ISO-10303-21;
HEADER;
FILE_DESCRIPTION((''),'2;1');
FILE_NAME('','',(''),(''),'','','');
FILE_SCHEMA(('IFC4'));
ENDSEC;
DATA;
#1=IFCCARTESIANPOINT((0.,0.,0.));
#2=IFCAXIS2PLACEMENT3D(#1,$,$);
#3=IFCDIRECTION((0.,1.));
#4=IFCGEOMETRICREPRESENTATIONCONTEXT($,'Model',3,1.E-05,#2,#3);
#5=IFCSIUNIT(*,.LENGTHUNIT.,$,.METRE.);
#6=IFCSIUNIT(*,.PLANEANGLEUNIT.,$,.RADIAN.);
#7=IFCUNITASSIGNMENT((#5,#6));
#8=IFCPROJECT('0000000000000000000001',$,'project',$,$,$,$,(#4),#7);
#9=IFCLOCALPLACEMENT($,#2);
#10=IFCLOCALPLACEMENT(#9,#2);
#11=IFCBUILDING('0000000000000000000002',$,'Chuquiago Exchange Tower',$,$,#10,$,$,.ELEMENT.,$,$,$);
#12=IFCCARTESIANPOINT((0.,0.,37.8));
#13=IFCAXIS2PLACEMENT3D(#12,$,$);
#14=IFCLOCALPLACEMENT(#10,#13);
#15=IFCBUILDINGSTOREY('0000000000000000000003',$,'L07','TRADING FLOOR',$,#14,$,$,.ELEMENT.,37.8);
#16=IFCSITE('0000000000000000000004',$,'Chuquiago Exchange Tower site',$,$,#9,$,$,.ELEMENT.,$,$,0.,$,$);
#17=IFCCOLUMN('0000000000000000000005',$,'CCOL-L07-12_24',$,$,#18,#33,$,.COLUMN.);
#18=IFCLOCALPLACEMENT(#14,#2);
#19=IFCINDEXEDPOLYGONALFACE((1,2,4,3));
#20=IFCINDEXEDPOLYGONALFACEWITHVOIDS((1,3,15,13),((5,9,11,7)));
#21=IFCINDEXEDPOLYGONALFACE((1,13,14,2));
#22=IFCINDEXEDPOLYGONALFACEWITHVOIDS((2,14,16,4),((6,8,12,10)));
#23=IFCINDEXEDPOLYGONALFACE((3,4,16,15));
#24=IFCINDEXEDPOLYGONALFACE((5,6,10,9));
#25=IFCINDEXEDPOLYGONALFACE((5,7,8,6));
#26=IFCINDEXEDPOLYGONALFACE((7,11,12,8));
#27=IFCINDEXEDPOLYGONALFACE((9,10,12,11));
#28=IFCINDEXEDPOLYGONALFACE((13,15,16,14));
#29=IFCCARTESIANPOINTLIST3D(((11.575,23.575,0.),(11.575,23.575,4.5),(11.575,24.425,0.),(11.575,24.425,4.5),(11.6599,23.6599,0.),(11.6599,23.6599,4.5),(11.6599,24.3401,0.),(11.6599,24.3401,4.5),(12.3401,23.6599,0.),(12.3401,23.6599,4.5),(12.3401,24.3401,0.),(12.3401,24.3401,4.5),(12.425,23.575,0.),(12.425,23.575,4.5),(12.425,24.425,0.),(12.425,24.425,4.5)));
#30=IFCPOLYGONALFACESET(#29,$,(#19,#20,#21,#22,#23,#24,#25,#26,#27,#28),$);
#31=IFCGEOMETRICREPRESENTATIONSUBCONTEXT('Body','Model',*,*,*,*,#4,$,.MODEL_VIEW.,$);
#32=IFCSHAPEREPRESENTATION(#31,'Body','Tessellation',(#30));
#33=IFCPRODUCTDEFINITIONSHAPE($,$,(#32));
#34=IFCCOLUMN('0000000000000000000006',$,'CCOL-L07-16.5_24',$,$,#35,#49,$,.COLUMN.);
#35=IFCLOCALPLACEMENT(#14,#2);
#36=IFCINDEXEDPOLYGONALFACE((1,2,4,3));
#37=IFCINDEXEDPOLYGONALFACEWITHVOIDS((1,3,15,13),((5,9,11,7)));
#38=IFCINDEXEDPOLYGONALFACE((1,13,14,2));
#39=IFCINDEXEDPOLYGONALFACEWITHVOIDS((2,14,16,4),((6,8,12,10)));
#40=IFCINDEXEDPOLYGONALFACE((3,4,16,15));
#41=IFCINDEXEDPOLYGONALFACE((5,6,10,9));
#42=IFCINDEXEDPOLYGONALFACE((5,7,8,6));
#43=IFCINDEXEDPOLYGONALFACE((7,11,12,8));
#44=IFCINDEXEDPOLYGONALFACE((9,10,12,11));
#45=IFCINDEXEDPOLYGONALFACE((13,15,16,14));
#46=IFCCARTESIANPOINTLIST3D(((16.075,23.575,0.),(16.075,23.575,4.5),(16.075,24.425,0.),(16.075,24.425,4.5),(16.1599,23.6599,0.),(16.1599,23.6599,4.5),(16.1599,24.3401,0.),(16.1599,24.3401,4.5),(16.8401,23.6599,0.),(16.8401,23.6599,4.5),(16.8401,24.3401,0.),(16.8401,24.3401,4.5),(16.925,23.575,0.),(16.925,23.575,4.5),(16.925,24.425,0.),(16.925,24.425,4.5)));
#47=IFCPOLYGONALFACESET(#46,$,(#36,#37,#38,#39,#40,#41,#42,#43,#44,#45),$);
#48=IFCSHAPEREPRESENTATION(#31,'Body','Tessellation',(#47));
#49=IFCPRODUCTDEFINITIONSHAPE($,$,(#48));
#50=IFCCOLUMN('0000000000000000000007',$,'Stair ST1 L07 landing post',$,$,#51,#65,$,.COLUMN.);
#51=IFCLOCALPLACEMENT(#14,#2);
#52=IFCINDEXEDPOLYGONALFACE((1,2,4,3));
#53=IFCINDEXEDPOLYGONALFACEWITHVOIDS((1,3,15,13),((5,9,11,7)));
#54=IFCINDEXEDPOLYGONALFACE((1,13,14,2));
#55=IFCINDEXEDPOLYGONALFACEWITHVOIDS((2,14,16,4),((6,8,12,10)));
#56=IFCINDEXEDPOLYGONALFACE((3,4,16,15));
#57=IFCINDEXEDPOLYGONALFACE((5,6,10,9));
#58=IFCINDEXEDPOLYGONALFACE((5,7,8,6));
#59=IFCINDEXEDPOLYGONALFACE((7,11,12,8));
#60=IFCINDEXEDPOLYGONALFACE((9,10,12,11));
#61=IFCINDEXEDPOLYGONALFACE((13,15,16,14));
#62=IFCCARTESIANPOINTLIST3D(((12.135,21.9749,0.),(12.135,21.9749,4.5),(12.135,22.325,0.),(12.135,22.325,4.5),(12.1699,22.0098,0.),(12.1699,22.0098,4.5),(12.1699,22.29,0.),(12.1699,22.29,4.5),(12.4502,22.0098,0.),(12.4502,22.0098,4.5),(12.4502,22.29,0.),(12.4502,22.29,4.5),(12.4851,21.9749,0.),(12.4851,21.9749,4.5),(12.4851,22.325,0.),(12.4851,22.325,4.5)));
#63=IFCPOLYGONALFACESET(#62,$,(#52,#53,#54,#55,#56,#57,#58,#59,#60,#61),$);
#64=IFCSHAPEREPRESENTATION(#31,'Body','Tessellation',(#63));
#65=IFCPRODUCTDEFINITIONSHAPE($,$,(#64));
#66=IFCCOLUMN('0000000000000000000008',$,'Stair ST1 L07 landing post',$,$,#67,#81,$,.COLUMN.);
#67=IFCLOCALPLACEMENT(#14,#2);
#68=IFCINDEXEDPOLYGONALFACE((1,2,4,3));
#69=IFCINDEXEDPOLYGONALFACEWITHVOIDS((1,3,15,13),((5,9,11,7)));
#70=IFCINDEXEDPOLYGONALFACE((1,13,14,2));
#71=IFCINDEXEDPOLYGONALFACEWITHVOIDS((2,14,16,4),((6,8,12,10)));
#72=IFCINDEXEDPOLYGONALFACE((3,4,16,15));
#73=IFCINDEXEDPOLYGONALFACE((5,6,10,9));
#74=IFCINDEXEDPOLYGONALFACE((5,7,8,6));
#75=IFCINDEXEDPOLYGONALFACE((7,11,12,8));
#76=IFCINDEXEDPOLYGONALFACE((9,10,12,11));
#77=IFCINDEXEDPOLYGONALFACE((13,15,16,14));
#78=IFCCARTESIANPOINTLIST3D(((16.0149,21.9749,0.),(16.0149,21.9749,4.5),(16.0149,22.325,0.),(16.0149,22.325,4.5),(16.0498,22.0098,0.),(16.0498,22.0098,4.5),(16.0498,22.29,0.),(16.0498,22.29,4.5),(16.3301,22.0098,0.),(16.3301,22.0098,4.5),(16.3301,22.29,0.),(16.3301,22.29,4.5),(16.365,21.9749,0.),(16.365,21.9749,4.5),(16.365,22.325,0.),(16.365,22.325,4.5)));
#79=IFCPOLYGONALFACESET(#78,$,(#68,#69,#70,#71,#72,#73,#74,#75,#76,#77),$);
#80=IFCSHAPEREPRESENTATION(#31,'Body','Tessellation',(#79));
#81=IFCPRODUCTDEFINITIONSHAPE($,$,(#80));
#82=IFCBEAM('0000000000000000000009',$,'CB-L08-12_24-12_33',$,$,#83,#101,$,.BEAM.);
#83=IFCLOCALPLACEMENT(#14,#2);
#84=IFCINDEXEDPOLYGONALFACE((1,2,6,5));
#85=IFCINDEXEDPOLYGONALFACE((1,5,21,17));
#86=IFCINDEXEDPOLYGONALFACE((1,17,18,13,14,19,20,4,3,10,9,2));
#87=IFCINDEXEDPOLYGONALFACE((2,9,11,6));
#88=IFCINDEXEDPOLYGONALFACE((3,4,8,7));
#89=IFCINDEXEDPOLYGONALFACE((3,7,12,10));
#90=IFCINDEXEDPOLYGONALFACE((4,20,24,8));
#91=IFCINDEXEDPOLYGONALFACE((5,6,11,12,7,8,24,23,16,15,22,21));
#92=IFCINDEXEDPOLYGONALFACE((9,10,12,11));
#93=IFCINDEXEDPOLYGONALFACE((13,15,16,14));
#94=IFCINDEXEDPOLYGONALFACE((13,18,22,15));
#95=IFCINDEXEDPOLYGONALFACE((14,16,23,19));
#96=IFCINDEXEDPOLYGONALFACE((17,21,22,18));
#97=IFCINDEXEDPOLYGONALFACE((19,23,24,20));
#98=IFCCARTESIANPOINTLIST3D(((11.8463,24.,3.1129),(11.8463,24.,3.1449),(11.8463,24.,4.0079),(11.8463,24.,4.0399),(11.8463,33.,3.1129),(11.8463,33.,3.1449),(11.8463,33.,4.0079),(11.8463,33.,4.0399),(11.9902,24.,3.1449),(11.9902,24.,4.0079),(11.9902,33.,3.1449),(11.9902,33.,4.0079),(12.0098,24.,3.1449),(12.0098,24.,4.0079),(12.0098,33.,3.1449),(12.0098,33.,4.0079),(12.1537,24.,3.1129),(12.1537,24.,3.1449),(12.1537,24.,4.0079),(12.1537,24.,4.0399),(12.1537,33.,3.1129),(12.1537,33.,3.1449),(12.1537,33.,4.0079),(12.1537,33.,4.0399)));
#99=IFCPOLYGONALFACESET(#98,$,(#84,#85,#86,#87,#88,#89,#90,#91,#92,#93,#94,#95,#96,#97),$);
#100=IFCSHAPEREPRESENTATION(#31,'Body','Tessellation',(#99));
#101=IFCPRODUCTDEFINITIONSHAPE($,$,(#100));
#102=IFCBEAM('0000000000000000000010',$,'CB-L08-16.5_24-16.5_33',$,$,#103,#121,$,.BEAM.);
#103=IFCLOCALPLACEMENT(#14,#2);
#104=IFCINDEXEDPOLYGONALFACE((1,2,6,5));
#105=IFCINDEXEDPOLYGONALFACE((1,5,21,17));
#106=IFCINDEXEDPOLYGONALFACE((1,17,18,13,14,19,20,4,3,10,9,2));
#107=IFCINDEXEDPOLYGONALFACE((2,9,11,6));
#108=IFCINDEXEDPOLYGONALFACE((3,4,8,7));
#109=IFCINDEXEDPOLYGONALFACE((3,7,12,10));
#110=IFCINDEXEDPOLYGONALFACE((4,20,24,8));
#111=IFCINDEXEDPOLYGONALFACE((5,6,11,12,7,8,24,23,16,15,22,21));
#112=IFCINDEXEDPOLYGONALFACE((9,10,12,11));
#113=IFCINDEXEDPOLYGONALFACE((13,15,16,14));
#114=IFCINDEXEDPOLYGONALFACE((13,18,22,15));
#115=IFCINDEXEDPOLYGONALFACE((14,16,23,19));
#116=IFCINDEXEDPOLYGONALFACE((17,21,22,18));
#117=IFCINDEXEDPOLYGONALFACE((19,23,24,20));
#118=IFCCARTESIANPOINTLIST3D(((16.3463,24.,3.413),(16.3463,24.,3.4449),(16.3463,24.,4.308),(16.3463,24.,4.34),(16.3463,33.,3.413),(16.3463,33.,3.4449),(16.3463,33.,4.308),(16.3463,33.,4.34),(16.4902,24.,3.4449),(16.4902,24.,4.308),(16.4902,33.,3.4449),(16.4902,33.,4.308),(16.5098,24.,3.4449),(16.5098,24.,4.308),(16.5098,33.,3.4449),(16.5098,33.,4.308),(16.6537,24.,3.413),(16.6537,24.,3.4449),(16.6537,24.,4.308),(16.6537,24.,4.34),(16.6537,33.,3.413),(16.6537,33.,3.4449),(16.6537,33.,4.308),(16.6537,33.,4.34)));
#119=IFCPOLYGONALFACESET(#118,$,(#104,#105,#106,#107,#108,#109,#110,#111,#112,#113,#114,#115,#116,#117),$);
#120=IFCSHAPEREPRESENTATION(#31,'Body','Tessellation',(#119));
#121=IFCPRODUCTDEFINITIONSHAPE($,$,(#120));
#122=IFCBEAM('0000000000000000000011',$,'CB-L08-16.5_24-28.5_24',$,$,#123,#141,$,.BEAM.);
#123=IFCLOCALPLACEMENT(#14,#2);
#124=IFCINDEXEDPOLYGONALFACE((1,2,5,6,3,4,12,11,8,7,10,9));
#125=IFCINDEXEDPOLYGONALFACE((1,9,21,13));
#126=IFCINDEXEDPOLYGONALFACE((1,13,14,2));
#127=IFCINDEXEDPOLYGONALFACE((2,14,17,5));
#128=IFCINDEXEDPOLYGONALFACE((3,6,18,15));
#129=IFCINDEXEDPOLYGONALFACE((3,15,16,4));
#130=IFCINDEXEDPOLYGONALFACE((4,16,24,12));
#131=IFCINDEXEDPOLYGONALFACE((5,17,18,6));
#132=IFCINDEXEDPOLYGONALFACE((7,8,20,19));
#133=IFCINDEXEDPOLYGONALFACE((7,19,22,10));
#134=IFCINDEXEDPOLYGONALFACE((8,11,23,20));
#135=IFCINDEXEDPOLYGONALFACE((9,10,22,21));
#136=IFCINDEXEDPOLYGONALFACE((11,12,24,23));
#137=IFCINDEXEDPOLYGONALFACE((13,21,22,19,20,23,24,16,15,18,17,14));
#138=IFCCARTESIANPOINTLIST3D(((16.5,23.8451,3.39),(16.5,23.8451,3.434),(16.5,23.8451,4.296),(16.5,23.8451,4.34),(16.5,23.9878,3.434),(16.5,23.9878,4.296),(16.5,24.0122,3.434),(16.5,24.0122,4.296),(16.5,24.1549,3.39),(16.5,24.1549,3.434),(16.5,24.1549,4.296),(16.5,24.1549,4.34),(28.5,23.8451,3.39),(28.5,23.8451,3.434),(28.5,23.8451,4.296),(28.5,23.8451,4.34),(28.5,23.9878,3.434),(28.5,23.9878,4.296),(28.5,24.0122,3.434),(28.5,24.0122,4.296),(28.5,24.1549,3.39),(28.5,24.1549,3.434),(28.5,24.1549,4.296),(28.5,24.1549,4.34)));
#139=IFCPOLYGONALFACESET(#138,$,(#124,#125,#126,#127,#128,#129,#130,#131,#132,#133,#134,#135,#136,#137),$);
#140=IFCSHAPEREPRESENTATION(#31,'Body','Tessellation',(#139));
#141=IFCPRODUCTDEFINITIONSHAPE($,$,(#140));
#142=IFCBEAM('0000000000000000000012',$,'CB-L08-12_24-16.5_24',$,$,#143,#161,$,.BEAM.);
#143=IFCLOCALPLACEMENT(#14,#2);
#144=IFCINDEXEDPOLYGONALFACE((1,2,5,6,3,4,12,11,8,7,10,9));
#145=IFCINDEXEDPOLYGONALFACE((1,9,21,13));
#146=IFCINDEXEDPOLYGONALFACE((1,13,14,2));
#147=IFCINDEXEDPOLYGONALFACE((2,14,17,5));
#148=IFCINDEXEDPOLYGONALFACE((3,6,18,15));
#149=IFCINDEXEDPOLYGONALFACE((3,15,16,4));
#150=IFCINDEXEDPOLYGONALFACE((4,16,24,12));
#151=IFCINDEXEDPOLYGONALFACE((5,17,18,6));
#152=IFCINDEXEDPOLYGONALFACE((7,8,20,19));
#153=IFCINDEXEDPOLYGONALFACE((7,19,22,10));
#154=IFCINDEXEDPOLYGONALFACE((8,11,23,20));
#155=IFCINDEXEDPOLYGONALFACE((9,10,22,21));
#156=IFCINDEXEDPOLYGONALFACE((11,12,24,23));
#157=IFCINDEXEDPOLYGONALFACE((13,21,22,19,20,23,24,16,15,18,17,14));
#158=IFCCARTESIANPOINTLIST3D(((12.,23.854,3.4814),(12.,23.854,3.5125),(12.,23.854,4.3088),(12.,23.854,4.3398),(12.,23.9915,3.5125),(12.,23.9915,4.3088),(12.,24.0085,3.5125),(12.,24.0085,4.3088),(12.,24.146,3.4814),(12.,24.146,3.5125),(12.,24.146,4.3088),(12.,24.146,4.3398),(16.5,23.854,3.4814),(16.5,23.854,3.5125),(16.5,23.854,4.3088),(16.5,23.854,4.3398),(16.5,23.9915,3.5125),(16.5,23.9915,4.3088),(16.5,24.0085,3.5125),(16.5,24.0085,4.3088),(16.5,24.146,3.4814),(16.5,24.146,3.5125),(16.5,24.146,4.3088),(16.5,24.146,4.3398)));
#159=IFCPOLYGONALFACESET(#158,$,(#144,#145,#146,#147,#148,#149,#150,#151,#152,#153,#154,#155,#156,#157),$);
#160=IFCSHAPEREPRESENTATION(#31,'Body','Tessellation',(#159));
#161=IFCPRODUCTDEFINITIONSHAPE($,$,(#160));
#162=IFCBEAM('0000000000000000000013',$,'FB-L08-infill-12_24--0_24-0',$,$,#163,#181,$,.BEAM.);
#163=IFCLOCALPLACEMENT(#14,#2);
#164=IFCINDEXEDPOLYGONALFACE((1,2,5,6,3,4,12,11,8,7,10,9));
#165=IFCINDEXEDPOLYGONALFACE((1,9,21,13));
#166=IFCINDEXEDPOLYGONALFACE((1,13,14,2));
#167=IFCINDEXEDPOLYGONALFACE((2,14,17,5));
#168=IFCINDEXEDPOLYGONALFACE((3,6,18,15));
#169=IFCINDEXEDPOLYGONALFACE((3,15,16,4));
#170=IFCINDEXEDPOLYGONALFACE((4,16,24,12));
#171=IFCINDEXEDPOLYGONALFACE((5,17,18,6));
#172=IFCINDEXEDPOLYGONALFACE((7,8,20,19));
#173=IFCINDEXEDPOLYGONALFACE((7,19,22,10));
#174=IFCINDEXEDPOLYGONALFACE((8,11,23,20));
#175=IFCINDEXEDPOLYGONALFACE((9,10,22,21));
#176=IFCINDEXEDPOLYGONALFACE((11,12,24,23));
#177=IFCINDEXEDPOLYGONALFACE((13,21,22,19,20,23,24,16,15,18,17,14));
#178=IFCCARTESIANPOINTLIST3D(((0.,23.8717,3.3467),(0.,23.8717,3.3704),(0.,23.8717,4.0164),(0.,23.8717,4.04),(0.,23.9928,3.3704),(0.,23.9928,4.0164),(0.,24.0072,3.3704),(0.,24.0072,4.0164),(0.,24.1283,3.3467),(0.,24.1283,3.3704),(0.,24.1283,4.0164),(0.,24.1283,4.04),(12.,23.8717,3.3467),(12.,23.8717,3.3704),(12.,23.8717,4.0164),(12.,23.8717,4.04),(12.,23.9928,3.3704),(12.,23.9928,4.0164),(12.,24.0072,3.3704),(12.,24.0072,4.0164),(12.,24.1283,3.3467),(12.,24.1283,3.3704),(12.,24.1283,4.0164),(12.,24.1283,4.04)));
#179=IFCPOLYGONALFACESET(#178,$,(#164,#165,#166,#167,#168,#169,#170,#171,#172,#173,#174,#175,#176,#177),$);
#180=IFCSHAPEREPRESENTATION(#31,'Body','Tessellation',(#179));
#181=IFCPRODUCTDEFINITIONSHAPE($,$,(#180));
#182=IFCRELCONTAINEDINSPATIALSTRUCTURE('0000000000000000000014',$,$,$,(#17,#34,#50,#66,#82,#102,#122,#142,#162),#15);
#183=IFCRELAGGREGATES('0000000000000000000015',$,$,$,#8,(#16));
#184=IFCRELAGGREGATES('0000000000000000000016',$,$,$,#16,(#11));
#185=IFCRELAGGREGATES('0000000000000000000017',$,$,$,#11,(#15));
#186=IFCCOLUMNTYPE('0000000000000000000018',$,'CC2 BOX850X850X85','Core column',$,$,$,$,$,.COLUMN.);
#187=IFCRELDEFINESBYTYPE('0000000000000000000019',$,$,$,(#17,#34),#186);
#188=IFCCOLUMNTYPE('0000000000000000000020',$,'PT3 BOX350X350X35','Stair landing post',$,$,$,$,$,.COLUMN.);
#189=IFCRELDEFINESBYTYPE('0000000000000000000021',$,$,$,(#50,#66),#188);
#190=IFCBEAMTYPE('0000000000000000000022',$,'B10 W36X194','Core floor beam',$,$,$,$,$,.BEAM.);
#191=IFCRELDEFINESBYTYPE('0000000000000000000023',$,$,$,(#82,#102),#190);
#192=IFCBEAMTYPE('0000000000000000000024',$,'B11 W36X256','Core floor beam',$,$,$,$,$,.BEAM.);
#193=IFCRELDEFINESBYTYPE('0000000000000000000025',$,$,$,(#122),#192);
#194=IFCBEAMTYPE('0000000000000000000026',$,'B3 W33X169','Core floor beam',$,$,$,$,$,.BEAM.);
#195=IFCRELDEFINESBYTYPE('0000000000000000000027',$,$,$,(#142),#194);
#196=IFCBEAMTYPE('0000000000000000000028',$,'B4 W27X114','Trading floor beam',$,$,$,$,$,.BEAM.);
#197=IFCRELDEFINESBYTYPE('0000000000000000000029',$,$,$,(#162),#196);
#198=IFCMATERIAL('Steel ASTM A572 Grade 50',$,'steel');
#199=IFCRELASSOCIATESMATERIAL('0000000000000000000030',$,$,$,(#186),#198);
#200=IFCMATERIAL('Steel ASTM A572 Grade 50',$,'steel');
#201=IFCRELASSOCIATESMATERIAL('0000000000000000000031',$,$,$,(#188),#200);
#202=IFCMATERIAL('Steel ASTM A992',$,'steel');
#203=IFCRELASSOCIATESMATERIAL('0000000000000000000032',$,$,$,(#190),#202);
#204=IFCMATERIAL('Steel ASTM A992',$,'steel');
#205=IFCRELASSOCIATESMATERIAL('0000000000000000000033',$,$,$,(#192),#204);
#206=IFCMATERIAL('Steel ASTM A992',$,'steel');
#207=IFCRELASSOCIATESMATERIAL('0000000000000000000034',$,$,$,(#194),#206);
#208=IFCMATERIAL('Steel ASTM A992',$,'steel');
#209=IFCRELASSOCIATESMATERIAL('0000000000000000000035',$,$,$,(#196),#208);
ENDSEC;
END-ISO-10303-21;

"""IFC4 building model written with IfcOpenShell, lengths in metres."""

from ifc_helpers import new_model, si_unit, direction, frame, origin, origin_2d, place, context, subcontext, project, spatial, hollow_rectangle, i_section, extrude, material, material_profile, profile_set, type_object, element, save


model = new_model("IFC4")

# Units and contexts
model_context = context("Model", 3, precision=1e-05, world=origin(), true_north=direction((0.0, 1.0)))
body_context = subcontext(model_context, "Body", "Model", "MODEL_VIEW")
ifc_project = project(units=[si_unit("LENGTHUNIT", "METRE"), si_unit("PLANEANGLEUNIT", "RADIAN")], contexts=[model_context])

# Site, building, storey
site_placement = place(None, origin())
site = spatial("IfcSite", under=ifc_project, at=site_placement, Name="Chuquiago Exchange Tower site", CompositionType="ELEMENT", RefElevation=0.0)
building_placement = place(site_placement, origin())
building = spatial("IfcBuilding", under=site, at=building_placement, Name="Chuquiago Exchange Tower", CompositionType="ELEMENT")
storey_placement = place(building_placement, frame((0.0, 0.0, 37.8)))
storey = spatial("IfcBuildingStorey", under=building, at=storey_placement, Name="L07", Description="TRADING FLOOR", CompositionType="ELEMENT", Elevation=37.8)

# Columns
ifc_material_1 = material(Name="Steel ASTM A572 Grade 50", Category="steel")
ifc_material_profile_1 = material_profile(ifc_material_1, hollow_rectangle(XDim=0.8501, YDim=0.8501, WallThickness=0.085, at=origin_2d()), Name="BOX850X850X85")
ifc_profile_set_1 = profile_set([ifc_material_profile_1], Name="Steel ASTM A572 Grade 50")
column_type_1 = type_object("IfcColumnType", Name="CC2 BOX850X850X85", Description="Core column", PredefinedType="COLUMN", material=ifc_profile_set_1)
for number, where, z_axis, x_axis, name in (
    (1, (12.0, 24.0, 0.0), (0.0, 0.0, 1.0), (1.0, 0.0, 0.0), "CCOL-L07-12_24"),
    (2, (16.5, 24.0, 0.0), (0.0, 0.0, 1.0), (1.0, 0.0, 0.0), "CCOL-L07-16.5_24"),
):
    element("IfcColumn", number, at=place(storey_placement, frame(where, z_axis=z_axis, x_axis=x_axis)), inside=storey, type_object=column_type_1, Name=name, PredefinedType="COLUMN", context=body_context, shape_type="SweptSolid", body=[
        extrude(hollow_rectangle(XDim=0.8501, YDim=0.8501, WallThickness=0.085, at=origin_2d()), origin(), (0.0, 0.0, 1.0), 4.5),
    ])
ifc_material_2 = material(Name="Steel ASTM A572 Grade 50", Category="steel")
ifc_material_profile_2 = material_profile(ifc_material_2, hollow_rectangle(XDim=0.3501, YDim=0.3501, WallThickness=0.0349, at=origin_2d()), Name="BOX350X350X35")
ifc_profile_set_2 = profile_set([ifc_material_profile_2], Name="Steel ASTM A572 Grade 50")
column_type_2 = type_object("IfcColumnType", Name="PT3 BOX350X350X35", Description="Stair landing post", PredefinedType="COLUMN", material=ifc_profile_set_2)
for number, where, z_axis, x_axis, name in (
    (3, (12.3101, 22.1499, 0.0), (0.0, 0.0, 1.0), (1.0, 0.0, 0.0), "Stair ST1 L07 landing post"),
    (4, (16.1899, 22.1499, 0.0), (0.0, 0.0, 1.0), (1.0, 0.0, 0.0), "Stair ST1 L07 landing post"),
):
    element("IfcColumn", number, at=place(storey_placement, frame(where, z_axis=z_axis, x_axis=x_axis)), inside=storey, type_object=column_type_2, Name=name, PredefinedType="COLUMN", context=body_context, shape_type="SweptSolid", body=[
        extrude(hollow_rectangle(XDim=0.3501, YDim=0.3501, WallThickness=0.0349, at=origin_2d()), origin(), (0.0, 0.0, 1.0), 4.5),
    ])

# Beams
ifc_material_3 = material(Name="Steel ASTM A992", Category="steel")
ifc_material_profile_3 = material_profile(ifc_material_3, i_section(OverallWidth=0.3074, OverallDepth=0.927, WebThickness=0.0195, FlangeThickness=0.032, at=origin_2d()), Name="W36X194")
ifc_profile_set_3 = profile_set([ifc_material_profile_3], Name="Steel ASTM A992")
beam_type_1 = type_object("IfcBeamType", Name="B10 W36X194", Description="Core floor beam", PredefinedType="BEAM", material=ifc_profile_set_3)
for number, where, z_axis, x_axis, name in (
    (5, (12.0, 24.0, 3.5764), (0.0, 1.0, 0.0), (-1.0, 0.0, 0.0), "CB-L08-12_24-12_33"),
    (6, (16.5, 24.0, 3.8765), (0.0, 1.0, 0.0), (-1.0, 0.0, 0.0), "CB-L08-16.5_24-16.5_33"),
):
    element("IfcBeam", number, at=place(storey_placement, frame(where, z_axis=z_axis, x_axis=x_axis)), inside=storey, type_object=beam_type_1, Name=name, PredefinedType="BEAM", context=body_context, shape_type="SweptSolid", body=[
        extrude(i_section(OverallWidth=0.3074, OverallDepth=0.927, WebThickness=0.0195, FlangeThickness=0.032, at=origin_2d()), origin(), (0.0, 0.0, 1.0), 9.0),
    ])
ifc_material_4 = material(Name="Steel ASTM A992", Category="steel")
ifc_material_profile_4 = material_profile(ifc_material_4, i_section(OverallWidth=0.3098, OverallDepth=0.95, WebThickness=0.0244, FlangeThickness=0.0439, at=origin_2d()), Name="W36X256")
ifc_profile_set_4 = profile_set([ifc_material_profile_4], Name="Steel ASTM A992")
beam_type_2 = type_object("IfcBeamType", Name="B11 W36X256", Description="Core floor beam", PredefinedType="BEAM", material=ifc_profile_set_4)
beam_1_placement = place(storey_placement, frame((16.5, 24.0, 3.865), z_axis=(1.0, 0.0, 0.0), x_axis=(0.0, 1.0, 0.0)))
element("IfcBeam", 7, at=beam_1_placement, inside=storey, type_object=beam_type_2, Name="CB-L08-16.5_24-28.5_24", PredefinedType="BEAM", context=body_context, shape_type="SweptSolid", body=[
    extrude(i_section(OverallWidth=0.3098, OverallDepth=0.95, WebThickness=0.0244, FlangeThickness=0.0439, at=origin_2d()), origin(), (0.0, 0.0, 1.0), 12.0),
])
ifc_material_5 = material(Name="Steel ASTM A992", Category="steel")
ifc_material_profile_5 = material_profile(ifc_material_5, i_section(OverallWidth=0.292, OverallDepth=0.8584, WebThickness=0.0171, FlangeThickness=0.031, at=origin_2d()), Name="W33X169")
ifc_profile_set_5 = profile_set([ifc_material_profile_5], Name="Steel ASTM A992")
beam_type_3 = type_object("IfcBeamType", Name="B3 W33X169", Description="Core floor beam", PredefinedType="BEAM", material=ifc_profile_set_5)
beam_2_placement = place(storey_placement, frame((12.0, 24.0, 3.9106), z_axis=(1.0, 0.0, 0.0), x_axis=(0.0, 1.0, 0.0)))
element("IfcBeam", 8, at=beam_2_placement, inside=storey, type_object=beam_type_3, Name="CB-L08-12_24-16.5_24", PredefinedType="BEAM", context=body_context, shape_type="SweptSolid", body=[
    extrude(i_section(OverallWidth=0.292, OverallDepth=0.8584, WebThickness=0.0171, FlangeThickness=0.031, at=origin_2d()), origin(), (0.0, 0.0, 1.0), 4.5),
])
ifc_material_6 = material(Name="Steel ASTM A992", Category="steel")
ifc_material_profile_6 = material_profile(ifc_material_6, i_section(OverallWidth=0.2566, OverallDepth=0.6934, WebThickness=0.0144, FlangeThickness=0.0237, at=origin_2d()), Name="W27X114")
ifc_profile_set_6 = profile_set([ifc_material_profile_6], Name="Steel ASTM A992")
beam_type_4 = type_object("IfcBeamType", Name="B4 W27X114", Description="Trading floor beam", PredefinedType="BEAM", material=ifc_profile_set_6)
for number, where, z_axis, x_axis, name in (
    (9, (12.0, 24.0, 3.6934), (-1.0, 0.0, 0.0), (0.0, -1.0, 0.0), "FB-L08-infill-12_24--0_24-0"),
):
    element("IfcBeam", number, at=place(storey_placement, frame(where, z_axis=z_axis, x_axis=x_axis)), inside=storey, type_object=beam_type_4, Name=name, PredefinedType="BEAM", context=body_context, shape_type="SweptSolid", body=[
        extrude(i_section(OverallWidth=0.2566, OverallDepth=0.6934, WebThickness=0.0144, FlangeThickness=0.0237, at=origin_2d()), origin(), (0.0, 0.0, 1.0), 12.0),
    ])

save(model, "model.ifc")
